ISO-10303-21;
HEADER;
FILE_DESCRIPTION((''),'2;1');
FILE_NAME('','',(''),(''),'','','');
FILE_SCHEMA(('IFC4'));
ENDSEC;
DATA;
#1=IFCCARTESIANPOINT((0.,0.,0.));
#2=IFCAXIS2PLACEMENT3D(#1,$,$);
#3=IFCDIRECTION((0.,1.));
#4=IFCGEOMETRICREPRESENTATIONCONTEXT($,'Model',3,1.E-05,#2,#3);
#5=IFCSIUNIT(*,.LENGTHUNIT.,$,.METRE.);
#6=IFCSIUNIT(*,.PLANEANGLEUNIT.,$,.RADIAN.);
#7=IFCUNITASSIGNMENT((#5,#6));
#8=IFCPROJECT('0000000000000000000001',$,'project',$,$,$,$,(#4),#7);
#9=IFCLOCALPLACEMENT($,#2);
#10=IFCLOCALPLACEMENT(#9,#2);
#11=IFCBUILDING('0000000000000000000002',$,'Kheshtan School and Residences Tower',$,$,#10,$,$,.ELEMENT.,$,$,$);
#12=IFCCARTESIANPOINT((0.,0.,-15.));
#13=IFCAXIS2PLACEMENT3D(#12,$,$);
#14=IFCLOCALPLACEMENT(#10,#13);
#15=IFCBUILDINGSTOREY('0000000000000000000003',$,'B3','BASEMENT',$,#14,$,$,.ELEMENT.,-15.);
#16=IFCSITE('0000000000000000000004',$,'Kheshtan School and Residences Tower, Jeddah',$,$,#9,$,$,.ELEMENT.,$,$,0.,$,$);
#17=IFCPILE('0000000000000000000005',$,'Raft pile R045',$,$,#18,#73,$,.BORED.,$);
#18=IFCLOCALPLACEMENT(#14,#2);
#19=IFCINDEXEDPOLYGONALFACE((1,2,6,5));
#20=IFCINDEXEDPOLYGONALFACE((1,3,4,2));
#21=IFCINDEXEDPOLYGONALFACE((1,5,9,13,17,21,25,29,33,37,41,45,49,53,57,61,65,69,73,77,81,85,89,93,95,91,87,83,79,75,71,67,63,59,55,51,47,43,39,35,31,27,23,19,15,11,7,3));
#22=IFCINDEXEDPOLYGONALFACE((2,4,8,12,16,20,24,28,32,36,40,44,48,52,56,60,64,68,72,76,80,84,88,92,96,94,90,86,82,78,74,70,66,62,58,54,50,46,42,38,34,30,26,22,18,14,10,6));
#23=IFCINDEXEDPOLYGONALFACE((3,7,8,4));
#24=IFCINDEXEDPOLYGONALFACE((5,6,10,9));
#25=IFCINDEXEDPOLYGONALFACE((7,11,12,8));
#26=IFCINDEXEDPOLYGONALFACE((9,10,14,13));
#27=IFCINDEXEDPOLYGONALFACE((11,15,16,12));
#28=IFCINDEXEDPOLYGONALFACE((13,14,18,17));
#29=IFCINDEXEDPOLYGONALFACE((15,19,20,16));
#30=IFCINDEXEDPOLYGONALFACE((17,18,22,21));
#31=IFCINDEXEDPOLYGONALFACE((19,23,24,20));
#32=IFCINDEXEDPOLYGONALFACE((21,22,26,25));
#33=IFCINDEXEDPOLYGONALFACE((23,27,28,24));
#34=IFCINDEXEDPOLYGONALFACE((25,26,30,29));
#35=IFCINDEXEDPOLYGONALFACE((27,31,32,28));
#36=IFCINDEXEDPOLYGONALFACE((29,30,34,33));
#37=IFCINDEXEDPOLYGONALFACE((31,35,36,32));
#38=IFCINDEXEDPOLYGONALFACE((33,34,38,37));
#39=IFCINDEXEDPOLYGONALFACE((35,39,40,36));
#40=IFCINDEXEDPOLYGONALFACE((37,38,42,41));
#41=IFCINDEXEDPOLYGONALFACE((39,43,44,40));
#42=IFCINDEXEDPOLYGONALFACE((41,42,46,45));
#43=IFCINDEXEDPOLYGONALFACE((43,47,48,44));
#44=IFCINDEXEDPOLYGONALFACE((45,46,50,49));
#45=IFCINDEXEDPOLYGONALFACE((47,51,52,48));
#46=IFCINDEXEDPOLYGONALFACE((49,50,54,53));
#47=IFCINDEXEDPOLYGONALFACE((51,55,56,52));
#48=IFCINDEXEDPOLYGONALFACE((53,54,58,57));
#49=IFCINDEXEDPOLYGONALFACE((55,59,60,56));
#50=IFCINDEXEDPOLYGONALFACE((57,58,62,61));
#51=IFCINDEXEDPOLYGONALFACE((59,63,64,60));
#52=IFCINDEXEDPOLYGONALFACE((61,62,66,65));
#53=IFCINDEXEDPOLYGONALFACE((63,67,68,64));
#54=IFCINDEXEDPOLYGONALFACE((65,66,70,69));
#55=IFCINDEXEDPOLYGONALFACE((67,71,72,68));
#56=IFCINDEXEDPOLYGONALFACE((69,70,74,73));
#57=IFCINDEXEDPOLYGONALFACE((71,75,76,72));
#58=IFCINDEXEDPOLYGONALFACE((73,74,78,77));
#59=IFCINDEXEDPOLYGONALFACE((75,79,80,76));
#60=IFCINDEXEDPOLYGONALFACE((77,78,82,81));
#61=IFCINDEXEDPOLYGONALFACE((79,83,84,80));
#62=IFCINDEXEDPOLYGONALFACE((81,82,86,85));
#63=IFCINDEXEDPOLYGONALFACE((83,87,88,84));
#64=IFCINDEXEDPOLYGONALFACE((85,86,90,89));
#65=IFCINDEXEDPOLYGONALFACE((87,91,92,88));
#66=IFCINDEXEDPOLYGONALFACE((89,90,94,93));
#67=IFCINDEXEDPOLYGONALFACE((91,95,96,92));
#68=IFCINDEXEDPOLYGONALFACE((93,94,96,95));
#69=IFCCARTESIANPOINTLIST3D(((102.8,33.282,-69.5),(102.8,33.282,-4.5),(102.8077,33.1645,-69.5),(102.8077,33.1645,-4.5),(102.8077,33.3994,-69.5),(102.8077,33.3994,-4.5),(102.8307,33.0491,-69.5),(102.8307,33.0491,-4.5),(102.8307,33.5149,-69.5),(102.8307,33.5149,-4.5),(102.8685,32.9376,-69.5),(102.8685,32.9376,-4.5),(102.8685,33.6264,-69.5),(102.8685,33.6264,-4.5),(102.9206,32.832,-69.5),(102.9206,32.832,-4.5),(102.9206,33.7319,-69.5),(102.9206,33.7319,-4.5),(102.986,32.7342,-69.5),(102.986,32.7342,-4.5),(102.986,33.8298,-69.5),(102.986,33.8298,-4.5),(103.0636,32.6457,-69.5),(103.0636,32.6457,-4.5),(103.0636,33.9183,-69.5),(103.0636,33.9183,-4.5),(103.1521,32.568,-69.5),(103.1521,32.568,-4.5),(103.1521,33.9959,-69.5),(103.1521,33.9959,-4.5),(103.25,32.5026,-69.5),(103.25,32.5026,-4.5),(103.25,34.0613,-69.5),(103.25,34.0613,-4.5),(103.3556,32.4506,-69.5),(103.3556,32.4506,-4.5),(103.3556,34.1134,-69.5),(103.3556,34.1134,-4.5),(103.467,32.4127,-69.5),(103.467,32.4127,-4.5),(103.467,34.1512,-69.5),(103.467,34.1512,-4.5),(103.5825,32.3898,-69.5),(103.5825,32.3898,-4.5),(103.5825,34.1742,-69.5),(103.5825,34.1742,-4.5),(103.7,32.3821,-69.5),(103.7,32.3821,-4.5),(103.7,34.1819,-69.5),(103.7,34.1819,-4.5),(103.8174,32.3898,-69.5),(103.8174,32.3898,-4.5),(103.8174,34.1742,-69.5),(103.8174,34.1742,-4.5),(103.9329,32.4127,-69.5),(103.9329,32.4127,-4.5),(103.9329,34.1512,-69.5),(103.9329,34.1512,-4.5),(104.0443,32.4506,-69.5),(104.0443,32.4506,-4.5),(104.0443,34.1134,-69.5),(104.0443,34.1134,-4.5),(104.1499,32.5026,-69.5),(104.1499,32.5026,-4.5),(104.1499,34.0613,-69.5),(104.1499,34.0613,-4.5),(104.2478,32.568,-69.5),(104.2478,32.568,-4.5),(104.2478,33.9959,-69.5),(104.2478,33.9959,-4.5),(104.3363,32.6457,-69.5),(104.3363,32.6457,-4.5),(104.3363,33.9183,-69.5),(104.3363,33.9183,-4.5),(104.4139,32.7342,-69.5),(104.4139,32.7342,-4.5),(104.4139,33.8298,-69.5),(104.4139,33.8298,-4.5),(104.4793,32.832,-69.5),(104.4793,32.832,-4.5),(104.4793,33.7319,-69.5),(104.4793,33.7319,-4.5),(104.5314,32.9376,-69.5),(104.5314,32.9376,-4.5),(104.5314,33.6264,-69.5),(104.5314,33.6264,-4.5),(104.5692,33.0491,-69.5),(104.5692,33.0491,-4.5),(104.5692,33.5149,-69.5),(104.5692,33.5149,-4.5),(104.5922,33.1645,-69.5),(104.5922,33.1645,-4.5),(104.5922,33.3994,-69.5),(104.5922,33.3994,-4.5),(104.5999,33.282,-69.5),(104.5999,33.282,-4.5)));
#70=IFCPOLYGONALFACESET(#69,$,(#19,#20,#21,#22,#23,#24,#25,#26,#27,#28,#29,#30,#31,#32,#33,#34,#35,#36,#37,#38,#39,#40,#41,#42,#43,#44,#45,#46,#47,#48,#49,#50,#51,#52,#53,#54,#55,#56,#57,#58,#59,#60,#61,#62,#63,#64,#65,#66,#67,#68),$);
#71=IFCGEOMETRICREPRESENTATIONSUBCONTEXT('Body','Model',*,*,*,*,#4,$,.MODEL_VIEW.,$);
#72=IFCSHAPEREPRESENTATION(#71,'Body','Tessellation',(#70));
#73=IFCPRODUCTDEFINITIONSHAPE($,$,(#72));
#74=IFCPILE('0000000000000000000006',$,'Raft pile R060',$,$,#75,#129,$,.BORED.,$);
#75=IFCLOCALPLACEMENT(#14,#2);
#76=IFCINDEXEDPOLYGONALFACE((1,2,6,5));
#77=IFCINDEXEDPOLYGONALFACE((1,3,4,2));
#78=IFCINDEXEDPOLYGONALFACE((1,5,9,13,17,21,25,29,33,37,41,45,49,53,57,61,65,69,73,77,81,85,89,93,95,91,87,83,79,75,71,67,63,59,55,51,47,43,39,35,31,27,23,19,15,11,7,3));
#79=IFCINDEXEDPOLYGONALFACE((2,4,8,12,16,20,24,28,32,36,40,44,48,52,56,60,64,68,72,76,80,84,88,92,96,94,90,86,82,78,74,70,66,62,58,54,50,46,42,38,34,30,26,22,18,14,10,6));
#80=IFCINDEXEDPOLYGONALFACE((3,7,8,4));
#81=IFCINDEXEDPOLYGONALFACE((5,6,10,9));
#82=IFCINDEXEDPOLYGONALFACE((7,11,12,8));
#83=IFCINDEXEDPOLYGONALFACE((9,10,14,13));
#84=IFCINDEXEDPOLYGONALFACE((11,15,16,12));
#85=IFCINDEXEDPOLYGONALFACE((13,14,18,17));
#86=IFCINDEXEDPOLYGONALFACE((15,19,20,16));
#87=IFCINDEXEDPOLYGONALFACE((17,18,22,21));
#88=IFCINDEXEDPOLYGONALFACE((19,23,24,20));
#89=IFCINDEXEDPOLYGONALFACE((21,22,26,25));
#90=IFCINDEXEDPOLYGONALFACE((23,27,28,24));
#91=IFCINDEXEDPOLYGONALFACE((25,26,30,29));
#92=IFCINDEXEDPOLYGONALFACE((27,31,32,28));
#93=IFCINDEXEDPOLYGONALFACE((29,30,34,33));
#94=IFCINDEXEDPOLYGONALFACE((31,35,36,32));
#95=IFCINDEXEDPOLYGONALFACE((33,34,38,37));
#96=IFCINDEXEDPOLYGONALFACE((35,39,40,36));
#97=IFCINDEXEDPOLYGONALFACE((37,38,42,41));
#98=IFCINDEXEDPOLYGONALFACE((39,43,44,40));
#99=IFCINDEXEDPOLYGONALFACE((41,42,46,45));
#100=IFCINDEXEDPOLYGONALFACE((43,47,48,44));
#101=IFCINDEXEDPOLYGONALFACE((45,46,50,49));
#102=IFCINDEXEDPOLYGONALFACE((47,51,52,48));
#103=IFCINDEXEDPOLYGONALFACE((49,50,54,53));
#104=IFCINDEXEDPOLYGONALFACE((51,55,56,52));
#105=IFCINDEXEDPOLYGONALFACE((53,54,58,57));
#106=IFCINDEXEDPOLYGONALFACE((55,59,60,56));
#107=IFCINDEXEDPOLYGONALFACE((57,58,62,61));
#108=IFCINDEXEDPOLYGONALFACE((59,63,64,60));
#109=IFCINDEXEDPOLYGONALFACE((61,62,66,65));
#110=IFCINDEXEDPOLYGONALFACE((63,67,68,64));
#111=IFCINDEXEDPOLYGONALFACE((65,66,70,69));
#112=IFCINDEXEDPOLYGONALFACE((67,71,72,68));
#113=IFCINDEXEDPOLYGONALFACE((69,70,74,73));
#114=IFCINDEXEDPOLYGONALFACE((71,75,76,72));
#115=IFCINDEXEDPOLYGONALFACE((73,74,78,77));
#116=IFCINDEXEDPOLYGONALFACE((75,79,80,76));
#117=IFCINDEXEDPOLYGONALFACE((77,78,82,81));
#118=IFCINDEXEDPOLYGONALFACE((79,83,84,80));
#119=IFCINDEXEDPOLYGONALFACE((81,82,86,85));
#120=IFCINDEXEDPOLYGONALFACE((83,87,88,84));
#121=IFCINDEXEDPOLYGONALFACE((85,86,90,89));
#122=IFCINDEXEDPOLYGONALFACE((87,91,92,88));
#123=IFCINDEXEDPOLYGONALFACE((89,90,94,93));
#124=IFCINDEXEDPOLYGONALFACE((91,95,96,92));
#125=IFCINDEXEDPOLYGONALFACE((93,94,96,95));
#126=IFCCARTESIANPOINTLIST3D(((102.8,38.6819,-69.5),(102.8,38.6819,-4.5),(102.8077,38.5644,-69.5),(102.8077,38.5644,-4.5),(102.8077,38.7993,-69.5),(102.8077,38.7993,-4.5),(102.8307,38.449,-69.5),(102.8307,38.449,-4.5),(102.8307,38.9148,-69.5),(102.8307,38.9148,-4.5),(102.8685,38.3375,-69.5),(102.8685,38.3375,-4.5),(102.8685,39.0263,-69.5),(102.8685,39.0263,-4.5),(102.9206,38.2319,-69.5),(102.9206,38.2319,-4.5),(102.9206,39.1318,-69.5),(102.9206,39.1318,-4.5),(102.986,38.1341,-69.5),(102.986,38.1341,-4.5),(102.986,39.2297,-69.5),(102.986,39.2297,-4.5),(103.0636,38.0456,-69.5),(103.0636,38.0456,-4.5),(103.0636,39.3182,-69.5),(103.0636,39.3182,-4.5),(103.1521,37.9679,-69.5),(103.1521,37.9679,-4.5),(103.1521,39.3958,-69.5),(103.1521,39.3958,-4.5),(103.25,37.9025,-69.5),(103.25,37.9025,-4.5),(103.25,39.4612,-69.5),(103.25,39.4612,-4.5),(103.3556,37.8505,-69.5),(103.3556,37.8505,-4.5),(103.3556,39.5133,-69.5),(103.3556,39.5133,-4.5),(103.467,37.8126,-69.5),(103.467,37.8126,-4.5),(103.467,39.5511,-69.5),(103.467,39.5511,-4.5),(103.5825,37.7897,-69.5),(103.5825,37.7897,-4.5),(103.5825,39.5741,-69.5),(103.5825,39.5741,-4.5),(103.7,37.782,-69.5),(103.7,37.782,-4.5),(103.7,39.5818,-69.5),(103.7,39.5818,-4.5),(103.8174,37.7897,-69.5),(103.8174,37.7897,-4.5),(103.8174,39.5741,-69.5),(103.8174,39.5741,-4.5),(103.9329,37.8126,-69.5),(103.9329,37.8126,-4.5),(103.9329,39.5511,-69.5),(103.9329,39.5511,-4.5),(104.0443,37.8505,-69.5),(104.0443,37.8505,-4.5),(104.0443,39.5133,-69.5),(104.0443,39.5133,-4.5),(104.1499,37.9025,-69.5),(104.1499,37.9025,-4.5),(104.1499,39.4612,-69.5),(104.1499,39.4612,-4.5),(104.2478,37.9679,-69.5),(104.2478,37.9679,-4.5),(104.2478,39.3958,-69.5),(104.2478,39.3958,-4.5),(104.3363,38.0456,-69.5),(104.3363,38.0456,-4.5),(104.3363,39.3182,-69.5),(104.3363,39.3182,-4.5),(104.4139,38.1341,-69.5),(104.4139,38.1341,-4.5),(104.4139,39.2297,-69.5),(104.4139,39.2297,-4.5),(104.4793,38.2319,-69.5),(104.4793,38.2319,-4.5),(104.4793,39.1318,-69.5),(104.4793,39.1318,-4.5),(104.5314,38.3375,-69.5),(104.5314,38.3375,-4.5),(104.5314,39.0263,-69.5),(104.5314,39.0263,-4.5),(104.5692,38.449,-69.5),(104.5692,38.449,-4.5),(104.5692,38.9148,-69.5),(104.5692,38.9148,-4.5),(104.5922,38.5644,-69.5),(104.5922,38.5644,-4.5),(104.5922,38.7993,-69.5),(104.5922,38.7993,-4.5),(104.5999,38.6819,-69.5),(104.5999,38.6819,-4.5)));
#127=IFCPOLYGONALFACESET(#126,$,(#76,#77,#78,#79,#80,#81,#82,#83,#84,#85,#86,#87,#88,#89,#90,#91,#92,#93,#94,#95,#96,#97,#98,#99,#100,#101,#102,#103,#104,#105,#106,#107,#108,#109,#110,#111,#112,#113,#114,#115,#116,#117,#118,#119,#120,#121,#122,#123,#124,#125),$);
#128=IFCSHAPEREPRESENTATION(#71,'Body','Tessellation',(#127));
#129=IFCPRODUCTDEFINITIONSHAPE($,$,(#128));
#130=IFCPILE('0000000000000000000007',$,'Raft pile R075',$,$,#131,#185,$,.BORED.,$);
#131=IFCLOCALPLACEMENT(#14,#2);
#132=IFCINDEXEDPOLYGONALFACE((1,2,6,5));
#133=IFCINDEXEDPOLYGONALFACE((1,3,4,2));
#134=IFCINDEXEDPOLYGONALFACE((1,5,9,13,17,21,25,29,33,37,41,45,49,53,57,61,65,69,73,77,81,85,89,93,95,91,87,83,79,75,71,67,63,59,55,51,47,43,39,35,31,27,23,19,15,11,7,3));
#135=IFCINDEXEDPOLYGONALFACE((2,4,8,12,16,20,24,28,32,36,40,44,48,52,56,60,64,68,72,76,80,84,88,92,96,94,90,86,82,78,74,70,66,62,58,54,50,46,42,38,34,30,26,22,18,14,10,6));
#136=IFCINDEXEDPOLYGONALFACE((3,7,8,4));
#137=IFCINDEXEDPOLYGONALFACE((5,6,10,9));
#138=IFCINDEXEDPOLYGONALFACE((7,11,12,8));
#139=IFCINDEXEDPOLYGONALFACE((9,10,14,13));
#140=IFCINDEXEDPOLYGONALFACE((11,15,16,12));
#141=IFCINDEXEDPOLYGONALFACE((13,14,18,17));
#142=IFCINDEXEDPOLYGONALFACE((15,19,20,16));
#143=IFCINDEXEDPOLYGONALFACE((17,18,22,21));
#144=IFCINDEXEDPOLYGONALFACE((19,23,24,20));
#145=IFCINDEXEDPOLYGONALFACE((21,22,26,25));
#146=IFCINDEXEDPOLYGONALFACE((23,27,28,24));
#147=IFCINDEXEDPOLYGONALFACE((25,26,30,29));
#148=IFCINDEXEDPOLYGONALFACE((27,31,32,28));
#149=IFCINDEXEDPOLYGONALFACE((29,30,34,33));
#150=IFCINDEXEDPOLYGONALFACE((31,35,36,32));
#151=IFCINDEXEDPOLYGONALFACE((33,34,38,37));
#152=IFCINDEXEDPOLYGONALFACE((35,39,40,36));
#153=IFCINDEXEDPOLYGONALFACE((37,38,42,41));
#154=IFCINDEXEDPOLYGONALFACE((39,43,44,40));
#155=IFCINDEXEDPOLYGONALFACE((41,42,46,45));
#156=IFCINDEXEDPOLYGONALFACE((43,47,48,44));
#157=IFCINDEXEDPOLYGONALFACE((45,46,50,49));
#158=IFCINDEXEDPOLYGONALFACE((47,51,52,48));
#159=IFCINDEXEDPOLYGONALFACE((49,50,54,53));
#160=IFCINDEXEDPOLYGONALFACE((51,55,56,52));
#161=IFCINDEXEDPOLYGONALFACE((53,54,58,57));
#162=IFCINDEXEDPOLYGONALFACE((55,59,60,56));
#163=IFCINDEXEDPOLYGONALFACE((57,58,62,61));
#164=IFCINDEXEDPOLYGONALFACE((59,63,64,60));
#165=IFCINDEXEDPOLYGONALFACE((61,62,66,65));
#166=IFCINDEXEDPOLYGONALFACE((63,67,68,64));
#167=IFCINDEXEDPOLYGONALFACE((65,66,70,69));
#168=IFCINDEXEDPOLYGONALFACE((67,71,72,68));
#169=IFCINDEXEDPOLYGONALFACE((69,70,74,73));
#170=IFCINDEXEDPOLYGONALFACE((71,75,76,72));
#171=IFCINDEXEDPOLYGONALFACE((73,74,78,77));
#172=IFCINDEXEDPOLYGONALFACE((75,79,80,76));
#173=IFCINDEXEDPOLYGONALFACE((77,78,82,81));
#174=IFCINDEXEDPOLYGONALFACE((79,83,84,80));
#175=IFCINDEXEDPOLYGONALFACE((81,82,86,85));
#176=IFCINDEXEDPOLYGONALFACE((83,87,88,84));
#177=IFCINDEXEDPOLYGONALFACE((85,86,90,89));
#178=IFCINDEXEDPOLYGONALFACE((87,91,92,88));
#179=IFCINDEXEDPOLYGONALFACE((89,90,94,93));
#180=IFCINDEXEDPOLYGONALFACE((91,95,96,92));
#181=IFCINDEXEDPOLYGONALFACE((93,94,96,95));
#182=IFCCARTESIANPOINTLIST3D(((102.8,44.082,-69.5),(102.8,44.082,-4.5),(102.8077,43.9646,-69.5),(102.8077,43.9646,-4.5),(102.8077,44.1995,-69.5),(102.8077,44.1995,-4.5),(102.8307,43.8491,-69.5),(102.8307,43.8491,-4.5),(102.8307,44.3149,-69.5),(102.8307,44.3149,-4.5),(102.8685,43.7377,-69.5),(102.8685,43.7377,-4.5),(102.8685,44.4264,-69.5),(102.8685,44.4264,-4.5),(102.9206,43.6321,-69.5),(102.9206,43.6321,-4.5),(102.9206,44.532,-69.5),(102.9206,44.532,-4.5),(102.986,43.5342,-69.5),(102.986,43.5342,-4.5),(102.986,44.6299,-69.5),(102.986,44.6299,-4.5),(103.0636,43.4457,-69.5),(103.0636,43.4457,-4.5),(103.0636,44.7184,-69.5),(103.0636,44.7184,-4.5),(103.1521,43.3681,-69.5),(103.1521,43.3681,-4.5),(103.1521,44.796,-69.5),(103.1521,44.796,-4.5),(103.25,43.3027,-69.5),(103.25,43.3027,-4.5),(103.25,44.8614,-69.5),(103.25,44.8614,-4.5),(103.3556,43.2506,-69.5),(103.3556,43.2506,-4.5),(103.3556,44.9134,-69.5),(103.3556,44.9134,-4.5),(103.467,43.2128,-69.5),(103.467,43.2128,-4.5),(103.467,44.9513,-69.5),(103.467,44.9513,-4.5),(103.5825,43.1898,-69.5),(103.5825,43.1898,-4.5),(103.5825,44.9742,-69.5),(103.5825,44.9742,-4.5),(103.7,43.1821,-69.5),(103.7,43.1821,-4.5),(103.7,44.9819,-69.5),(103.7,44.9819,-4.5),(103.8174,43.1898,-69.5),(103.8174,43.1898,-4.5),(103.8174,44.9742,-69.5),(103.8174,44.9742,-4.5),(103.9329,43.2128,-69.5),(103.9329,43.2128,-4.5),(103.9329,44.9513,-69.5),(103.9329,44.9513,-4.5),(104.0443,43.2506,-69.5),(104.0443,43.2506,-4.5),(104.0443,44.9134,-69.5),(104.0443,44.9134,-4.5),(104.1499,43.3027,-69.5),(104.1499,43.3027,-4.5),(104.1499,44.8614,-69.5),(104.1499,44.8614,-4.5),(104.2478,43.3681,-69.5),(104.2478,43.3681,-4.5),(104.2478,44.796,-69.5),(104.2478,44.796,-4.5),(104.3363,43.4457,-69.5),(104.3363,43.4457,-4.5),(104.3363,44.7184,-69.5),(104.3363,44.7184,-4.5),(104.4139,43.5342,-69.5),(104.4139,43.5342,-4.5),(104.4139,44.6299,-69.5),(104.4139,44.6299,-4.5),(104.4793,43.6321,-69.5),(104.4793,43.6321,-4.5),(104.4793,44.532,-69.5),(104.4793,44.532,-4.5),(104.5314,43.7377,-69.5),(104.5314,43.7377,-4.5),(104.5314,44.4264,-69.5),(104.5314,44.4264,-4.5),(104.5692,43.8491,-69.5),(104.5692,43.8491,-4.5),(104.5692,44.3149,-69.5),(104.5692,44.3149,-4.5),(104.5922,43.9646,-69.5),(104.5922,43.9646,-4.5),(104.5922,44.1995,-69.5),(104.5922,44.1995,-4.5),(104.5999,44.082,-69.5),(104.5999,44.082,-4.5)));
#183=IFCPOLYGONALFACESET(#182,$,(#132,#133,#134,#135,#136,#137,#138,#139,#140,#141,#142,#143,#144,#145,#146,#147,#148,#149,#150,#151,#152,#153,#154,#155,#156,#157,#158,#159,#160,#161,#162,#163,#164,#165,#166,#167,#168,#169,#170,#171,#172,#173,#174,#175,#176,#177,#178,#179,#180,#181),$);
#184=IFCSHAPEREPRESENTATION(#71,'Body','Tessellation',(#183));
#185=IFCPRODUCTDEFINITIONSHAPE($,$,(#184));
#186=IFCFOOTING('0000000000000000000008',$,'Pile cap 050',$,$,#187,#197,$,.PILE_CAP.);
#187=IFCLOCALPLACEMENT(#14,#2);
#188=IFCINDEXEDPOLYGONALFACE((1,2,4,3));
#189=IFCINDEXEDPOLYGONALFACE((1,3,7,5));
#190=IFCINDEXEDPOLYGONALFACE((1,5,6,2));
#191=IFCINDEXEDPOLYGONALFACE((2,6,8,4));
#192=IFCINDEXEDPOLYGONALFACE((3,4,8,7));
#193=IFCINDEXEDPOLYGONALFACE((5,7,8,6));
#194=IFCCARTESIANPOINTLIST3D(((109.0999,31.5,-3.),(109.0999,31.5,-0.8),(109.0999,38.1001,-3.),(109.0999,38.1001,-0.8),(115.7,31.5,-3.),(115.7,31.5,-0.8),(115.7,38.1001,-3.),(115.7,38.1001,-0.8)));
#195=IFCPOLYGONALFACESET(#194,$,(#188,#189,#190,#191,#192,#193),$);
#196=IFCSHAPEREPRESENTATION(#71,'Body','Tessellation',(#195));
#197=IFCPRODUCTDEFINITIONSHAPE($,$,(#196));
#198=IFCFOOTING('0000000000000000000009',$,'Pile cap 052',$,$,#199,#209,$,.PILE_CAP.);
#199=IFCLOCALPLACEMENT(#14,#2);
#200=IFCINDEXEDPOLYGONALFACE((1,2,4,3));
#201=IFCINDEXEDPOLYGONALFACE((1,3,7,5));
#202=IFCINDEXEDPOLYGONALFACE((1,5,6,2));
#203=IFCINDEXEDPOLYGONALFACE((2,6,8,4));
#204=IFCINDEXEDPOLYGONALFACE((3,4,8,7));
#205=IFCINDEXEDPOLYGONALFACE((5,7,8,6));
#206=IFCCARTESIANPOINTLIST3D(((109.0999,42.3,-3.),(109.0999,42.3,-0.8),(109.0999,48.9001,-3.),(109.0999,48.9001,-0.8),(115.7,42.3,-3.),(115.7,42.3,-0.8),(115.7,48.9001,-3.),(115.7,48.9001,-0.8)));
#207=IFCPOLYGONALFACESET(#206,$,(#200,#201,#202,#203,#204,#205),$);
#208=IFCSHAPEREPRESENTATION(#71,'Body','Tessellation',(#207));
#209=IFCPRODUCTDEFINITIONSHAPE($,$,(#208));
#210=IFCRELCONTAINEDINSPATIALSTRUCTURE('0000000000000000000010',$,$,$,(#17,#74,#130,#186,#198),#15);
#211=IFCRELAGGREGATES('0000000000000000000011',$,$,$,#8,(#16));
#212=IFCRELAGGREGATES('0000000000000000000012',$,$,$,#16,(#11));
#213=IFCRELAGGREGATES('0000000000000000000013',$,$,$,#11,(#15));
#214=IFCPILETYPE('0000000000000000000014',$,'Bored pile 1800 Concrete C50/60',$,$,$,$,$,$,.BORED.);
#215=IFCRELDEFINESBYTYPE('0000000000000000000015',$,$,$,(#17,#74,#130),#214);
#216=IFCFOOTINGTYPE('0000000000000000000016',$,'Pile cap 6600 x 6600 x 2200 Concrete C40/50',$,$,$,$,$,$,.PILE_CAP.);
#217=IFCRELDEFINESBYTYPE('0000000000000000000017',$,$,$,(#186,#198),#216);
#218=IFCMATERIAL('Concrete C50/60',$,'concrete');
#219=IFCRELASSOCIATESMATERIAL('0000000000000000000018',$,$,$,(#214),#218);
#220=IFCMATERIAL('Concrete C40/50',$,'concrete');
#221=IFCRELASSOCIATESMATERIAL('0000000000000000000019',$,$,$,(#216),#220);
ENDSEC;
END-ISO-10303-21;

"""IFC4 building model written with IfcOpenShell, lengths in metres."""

from ifc_helpers import new_model, si_unit, direction, frame, origin, origin_2d, place, context, subcontext, project, spatial, rectangle, circle, extrude, material, material_profile, profile_set, type_object, element, save


model = new_model("IFC4")

# Units and contexts
model_context = context("Model", 3, precision=1e-05, world=origin(), true_north=direction((0.0, 1.0)))
body_context = subcontext(model_context, "Body", "Model", "MODEL_VIEW")
ifc_project = project(units=[si_unit("LENGTHUNIT", "METRE"), si_unit("PLANEANGLEUNIT", "RADIAN")], contexts=[model_context])

# Site, building, storey
site_placement = place(None, origin())
site = spatial("IfcSite", under=ifc_project, at=site_placement, Name="Kheshtan School and Residences Tower, Jeddah", CompositionType="ELEMENT", RefElevation=0.0)
building_placement = place(site_placement, origin())
building = spatial("IfcBuilding", under=site, at=building_placement, Name="Kheshtan School and Residences Tower", CompositionType="ELEMENT")
storey_placement = place(building_placement, frame((0.0, 0.0, -15.0)))
storey = spatial("IfcBuildingStorey", under=building, at=storey_placement, Name="B3", Description="BASEMENT", CompositionType="ELEMENT", Elevation=-15.0)

# Piles
ifc_material_1 = material(Name="Concrete C50/60", Category="concrete")
ifc_material_profile_1 = material_profile(ifc_material_1, circle(Radius=0.8999, at=origin_2d()), Name="BP 1800")
ifc_profile_set_1 = profile_set([ifc_material_profile_1], Name="Concrete C50/60")
pile_type_1 = type_object("IfcPileType", Name="Bored pile 1800 Concrete C50/60", PredefinedType="BORED", material=ifc_profile_set_1)
for number, where, z_axis, x_axis, name in (
    (1, (103.7, 33.282, -4.5), (0.0, 0.0, -1.0), (1.0, 0.0, 0.0), "Raft pile R045"),
    (2, (103.7, 38.6819, -4.5), (0.0, 0.0, -1.0), (1.0, 0.0, 0.0), "Raft pile R060"),
    (3, (103.7, 44.082, -4.5), (0.0, 0.0, -1.0), (1.0, 0.0, 0.0), "Raft pile R075"),
):
    element("IfcPile", number, at=place(storey_placement, frame(where, z_axis=z_axis, x_axis=x_axis)), inside=storey, type_object=pile_type_1, Name=name, PredefinedType="BORED", context=body_context, shape_type="SweptSolid", body=[
        extrude(circle(Radius=0.8999, at=origin_2d()), origin(), (0.0, 0.0, 1.0), 65.0),
    ])

# Footings
ifc_material_2 = material(Name="Concrete C40/50", Category="concrete")
footing_type = type_object("IfcFootingType", Name="Pile cap 6600 x 6600 x 2200 Concrete C40/50", PredefinedType="PILE_CAP", material=ifc_material_2)
for number, where, z_axis, x_axis, name in (
    (4, (112.3999, 34.8, -3.0), (0.0, 0.0, 1.0), (1.0, 0.0, 0.0), "Pile cap 050"),
    (5, (112.3999, 45.6001, -3.0), (0.0, 0.0, 1.0), (1.0, 0.0, 0.0), "Pile cap 052"),
):
    element("IfcFooting", number, at=place(storey_placement, frame(where, z_axis=z_axis, x_axis=x_axis)), inside=storey, type_object=footing_type, Name=name, PredefinedType="PILE_CAP", context=body_context, shape_type="SweptSolid", body=[
        extrude(rectangle(XDim=6.6001, YDim=6.6001, at=origin_2d()), origin(), (0.0, 0.0, 1.0), 2.2),
    ])

save(model, "model.ifc")
